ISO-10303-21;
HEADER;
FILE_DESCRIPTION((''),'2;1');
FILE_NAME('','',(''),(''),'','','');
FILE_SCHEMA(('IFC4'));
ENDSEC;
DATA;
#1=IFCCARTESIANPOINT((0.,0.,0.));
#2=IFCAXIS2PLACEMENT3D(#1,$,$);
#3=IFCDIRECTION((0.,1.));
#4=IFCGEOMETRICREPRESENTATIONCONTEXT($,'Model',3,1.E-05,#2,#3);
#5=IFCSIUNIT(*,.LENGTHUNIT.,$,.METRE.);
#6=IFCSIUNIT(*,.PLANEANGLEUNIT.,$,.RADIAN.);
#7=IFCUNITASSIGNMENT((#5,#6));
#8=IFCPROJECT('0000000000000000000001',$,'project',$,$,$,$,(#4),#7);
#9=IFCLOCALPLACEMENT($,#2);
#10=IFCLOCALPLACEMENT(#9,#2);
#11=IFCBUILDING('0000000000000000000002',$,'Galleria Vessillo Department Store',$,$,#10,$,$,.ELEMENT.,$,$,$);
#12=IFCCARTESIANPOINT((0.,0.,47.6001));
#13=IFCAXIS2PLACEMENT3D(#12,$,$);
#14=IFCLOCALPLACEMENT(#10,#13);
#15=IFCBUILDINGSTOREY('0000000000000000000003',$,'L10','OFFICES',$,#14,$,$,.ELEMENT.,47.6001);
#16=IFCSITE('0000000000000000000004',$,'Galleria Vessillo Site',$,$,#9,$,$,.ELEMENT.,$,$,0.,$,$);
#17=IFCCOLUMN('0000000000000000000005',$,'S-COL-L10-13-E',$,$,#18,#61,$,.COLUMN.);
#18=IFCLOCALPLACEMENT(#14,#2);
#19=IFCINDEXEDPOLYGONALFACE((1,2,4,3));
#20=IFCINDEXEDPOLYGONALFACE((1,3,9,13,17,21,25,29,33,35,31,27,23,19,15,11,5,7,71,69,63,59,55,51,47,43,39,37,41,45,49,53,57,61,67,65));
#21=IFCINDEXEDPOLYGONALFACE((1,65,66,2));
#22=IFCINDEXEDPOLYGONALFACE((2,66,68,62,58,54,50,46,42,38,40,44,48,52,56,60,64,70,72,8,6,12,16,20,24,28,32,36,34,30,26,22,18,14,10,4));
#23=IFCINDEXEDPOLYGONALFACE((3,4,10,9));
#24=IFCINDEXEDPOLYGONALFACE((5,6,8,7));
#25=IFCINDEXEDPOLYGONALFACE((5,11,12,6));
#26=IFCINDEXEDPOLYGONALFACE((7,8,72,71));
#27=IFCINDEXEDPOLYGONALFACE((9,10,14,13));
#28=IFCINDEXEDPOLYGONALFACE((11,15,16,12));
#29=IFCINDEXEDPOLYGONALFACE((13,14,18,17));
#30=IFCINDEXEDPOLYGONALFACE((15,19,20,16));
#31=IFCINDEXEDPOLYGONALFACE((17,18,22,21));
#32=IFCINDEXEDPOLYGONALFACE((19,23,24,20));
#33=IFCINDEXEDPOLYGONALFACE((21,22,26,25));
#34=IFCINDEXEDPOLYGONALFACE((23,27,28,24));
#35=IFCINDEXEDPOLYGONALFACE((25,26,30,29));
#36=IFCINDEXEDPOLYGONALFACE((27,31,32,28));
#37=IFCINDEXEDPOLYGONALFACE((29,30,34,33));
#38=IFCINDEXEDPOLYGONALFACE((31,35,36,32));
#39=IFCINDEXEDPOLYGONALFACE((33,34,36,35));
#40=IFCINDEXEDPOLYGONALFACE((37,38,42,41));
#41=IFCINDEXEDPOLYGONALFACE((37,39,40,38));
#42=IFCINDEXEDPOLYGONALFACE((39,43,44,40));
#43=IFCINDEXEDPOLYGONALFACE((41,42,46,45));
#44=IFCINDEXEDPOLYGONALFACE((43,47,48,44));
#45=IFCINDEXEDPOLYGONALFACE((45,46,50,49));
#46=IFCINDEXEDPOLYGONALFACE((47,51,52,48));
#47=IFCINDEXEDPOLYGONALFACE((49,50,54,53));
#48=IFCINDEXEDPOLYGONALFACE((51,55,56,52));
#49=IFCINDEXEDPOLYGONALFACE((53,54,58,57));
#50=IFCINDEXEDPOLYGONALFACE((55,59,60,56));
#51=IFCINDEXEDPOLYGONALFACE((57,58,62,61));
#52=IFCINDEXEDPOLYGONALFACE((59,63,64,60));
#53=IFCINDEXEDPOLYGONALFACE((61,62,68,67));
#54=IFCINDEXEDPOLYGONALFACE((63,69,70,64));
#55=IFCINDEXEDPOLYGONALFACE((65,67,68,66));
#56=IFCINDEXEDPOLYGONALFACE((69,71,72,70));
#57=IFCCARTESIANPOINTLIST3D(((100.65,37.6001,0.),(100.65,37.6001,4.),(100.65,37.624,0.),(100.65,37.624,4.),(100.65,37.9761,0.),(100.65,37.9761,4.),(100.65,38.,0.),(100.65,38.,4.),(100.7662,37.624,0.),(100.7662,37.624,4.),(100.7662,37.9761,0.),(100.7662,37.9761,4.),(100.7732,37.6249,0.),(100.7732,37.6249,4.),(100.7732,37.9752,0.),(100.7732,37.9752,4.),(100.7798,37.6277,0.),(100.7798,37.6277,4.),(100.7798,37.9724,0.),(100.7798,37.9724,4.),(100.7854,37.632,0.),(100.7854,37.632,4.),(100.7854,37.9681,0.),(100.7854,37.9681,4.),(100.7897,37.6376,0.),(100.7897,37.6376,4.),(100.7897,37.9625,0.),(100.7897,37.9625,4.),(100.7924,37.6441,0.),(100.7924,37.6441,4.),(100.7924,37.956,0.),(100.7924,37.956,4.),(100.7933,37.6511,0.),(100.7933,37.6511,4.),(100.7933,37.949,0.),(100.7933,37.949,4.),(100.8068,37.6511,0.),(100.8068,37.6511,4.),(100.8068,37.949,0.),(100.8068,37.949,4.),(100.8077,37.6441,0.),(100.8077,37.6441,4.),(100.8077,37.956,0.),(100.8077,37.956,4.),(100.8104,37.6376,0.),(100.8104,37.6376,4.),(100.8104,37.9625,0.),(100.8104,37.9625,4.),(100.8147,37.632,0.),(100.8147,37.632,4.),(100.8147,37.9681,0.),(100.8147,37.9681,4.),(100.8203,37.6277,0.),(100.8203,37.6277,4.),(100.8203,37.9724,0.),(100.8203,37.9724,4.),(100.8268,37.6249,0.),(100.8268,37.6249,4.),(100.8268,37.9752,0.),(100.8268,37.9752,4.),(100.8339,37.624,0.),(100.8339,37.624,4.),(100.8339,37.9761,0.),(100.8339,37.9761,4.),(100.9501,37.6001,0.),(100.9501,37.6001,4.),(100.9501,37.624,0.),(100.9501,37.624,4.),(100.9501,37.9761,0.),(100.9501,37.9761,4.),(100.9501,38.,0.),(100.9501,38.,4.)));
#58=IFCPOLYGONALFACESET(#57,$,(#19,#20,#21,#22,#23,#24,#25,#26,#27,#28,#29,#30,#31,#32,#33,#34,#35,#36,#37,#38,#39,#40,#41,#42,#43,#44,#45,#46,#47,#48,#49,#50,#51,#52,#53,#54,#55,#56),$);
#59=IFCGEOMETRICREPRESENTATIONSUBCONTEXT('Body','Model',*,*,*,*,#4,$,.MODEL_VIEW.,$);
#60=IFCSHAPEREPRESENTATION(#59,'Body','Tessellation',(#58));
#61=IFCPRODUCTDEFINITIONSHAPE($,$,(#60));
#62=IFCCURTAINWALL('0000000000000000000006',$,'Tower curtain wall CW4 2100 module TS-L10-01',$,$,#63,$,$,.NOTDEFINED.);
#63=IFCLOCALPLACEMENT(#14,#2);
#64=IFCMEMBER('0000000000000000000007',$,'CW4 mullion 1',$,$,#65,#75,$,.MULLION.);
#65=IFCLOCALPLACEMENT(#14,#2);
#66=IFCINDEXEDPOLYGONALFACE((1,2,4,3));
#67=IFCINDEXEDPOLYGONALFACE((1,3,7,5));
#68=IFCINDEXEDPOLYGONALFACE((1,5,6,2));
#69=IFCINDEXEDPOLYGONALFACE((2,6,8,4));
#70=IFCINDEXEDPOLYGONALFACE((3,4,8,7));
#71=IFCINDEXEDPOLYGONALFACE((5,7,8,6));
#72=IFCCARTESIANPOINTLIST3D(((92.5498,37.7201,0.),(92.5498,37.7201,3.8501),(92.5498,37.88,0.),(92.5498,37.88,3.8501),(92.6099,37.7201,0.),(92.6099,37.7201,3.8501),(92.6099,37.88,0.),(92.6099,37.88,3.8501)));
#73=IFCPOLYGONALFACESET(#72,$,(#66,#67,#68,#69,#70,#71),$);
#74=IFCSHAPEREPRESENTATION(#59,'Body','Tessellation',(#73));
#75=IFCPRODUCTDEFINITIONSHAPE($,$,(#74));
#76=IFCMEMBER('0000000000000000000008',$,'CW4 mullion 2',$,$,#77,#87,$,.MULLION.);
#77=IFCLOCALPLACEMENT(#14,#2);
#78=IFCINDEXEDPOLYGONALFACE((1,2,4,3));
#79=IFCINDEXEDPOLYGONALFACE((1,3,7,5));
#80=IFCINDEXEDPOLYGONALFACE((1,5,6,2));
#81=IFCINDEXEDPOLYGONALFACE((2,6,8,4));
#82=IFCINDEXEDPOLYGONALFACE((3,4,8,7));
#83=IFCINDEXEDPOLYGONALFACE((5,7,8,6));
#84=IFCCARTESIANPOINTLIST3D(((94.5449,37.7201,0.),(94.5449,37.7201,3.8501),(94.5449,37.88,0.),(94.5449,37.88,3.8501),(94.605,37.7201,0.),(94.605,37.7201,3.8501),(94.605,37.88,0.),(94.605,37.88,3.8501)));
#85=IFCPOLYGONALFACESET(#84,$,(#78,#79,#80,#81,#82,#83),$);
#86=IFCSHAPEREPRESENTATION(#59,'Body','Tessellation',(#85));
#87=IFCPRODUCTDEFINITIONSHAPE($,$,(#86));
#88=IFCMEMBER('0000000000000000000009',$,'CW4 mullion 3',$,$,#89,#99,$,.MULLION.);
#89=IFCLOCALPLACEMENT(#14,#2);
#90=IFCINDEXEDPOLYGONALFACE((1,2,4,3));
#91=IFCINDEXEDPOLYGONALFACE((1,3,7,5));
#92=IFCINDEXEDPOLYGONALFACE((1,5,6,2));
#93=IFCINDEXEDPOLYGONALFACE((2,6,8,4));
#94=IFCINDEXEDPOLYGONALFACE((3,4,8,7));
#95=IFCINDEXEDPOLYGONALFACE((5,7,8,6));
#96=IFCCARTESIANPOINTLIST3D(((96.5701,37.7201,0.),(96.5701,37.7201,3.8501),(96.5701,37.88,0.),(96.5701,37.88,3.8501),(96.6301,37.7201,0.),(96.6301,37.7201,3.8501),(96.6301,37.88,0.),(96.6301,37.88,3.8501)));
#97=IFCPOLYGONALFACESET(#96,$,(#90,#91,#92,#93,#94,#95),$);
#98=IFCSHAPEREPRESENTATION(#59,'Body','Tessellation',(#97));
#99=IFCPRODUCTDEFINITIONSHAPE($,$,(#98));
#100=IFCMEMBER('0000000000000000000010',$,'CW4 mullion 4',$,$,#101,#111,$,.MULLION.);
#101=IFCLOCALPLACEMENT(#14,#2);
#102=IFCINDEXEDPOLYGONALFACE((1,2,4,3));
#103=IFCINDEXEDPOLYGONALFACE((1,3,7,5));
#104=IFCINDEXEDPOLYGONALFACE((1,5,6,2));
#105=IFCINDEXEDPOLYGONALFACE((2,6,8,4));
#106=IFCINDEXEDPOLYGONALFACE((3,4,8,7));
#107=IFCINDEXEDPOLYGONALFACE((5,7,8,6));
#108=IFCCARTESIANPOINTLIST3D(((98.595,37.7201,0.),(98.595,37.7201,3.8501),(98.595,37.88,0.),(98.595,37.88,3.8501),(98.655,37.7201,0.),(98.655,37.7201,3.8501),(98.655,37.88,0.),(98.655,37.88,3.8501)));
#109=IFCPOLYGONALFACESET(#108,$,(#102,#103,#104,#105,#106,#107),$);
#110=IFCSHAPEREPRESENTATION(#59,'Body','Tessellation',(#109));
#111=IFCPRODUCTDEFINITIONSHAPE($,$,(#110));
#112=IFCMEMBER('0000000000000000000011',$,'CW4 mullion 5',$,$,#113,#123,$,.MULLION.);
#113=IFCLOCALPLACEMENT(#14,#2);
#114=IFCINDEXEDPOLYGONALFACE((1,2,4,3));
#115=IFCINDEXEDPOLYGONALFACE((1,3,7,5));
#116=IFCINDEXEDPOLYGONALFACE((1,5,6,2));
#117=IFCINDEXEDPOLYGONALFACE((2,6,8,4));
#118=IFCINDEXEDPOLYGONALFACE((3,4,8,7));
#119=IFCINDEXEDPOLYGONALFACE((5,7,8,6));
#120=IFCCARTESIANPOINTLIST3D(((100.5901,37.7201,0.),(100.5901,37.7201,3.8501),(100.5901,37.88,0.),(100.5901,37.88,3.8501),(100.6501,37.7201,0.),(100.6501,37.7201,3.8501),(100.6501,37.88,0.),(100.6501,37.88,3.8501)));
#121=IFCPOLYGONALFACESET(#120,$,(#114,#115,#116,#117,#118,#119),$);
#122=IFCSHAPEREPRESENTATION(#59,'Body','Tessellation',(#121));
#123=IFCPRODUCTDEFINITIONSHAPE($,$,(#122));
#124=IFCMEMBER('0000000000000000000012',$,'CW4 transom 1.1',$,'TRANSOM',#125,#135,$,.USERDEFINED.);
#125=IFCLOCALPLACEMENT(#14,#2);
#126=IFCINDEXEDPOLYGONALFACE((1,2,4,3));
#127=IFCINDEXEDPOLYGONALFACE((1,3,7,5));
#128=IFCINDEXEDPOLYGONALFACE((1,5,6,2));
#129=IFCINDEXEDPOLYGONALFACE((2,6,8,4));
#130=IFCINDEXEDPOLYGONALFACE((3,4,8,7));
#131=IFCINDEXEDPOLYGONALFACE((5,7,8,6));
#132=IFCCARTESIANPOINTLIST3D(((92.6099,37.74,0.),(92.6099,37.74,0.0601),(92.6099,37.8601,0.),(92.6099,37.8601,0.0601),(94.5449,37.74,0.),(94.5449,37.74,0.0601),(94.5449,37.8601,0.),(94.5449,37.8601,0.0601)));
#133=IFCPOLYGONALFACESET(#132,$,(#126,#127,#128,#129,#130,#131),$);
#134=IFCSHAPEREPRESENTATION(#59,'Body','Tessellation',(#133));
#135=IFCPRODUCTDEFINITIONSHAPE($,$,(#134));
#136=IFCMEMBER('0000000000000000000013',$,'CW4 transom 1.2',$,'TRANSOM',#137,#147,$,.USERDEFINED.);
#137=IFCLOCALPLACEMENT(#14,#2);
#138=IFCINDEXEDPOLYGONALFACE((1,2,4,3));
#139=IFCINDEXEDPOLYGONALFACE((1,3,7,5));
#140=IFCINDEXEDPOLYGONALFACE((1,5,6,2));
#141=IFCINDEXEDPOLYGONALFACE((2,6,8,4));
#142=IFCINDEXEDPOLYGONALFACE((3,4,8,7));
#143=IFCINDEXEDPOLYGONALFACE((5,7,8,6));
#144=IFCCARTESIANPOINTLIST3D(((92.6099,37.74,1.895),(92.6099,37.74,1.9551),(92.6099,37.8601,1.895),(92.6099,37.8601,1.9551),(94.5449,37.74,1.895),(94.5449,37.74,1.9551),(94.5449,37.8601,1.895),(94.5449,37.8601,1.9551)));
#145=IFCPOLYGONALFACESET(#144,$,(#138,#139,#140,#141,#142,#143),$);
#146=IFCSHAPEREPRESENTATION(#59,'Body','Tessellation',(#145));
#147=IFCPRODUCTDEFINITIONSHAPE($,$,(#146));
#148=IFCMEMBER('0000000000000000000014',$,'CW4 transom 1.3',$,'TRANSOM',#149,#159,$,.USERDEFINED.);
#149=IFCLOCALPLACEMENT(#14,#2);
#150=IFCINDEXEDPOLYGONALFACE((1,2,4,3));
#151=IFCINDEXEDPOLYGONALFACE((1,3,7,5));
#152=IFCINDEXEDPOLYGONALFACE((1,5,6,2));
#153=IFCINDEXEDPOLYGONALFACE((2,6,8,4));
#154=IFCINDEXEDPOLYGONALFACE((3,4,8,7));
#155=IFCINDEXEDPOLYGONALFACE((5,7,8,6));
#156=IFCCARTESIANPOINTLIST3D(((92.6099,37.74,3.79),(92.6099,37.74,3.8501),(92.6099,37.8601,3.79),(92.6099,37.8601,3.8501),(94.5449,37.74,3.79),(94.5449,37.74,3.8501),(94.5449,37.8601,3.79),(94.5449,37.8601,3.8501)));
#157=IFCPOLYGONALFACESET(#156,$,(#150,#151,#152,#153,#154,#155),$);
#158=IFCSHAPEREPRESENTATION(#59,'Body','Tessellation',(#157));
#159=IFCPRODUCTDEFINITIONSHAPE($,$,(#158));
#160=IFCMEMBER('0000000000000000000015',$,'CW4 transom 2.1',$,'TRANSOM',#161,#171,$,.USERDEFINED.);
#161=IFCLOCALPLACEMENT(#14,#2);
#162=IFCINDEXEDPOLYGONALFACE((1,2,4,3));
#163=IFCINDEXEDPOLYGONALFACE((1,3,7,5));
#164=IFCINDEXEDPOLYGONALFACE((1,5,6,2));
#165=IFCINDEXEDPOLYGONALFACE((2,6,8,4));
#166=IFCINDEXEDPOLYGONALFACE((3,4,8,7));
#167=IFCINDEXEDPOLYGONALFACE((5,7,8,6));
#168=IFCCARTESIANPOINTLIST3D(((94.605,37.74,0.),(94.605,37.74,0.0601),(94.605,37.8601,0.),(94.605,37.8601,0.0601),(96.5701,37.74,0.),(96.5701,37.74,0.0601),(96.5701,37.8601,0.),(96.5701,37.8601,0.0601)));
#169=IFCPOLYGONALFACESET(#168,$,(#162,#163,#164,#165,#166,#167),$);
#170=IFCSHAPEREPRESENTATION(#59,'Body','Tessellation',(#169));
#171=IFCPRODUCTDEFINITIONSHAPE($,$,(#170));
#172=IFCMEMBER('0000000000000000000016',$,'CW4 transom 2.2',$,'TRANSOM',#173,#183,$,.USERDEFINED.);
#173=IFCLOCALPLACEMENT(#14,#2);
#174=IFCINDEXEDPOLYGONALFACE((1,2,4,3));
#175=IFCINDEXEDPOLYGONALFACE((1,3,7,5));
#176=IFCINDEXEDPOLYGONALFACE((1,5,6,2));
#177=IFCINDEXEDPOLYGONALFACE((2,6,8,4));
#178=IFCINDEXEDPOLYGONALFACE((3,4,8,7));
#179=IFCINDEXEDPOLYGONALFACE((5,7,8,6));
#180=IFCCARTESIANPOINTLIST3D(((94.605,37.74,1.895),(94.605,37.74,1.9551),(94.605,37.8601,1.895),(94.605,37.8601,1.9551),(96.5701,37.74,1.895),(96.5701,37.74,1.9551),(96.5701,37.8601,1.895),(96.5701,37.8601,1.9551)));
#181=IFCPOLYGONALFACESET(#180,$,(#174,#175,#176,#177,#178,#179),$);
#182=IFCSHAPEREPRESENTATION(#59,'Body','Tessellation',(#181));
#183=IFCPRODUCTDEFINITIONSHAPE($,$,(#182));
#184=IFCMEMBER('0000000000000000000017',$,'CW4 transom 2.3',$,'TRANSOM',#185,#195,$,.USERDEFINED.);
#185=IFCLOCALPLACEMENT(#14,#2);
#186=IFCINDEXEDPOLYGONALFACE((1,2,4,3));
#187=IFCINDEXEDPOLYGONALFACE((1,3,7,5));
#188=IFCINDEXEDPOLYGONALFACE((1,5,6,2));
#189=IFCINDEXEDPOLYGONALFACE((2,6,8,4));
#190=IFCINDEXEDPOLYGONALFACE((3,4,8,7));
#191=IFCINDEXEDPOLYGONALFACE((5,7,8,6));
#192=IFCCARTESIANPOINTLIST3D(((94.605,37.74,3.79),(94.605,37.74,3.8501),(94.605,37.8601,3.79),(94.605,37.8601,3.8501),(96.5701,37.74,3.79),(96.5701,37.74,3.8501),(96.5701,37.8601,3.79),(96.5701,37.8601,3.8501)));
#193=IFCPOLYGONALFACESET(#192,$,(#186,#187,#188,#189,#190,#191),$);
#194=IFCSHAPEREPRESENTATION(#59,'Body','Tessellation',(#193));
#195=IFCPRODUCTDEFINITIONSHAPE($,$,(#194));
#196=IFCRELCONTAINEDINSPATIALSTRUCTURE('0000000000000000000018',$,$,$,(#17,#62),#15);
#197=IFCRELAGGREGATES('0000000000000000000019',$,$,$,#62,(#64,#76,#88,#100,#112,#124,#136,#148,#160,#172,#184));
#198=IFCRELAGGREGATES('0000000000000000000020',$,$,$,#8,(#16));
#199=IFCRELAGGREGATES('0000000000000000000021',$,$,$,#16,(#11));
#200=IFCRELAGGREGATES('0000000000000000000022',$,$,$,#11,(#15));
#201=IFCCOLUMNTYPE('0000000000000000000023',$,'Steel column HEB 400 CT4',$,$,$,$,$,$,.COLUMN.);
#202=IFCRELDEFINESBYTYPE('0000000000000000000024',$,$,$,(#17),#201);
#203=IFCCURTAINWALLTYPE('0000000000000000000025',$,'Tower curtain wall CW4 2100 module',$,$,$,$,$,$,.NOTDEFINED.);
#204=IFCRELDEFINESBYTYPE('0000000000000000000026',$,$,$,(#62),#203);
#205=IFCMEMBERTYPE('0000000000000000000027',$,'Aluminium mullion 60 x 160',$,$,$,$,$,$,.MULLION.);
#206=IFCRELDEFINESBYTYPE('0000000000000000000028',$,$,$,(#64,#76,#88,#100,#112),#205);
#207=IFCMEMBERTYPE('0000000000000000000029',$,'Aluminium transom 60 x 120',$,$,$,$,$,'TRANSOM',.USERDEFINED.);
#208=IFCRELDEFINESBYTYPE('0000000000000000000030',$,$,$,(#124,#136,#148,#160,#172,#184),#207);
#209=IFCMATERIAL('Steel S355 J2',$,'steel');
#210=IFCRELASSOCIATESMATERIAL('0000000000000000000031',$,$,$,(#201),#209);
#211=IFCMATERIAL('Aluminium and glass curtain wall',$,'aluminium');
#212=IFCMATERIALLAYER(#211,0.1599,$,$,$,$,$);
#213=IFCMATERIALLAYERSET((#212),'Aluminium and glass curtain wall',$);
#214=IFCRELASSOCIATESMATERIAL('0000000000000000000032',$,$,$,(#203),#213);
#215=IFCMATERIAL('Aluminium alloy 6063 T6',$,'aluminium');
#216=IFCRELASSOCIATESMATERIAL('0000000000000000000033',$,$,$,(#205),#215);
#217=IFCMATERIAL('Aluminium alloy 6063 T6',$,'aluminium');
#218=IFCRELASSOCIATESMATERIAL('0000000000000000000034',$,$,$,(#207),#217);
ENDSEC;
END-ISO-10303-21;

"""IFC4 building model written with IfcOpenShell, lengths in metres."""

from ifc_helpers import new_model, si_unit, direction, frame, origin, origin_2d, place, context, subcontext, project, spatial, rectangle, i_section, extrude, material, layer, layer_set, material_profile, profile_set, type_object, element, aggregate, save


model = new_model("IFC4")

# Units and contexts
model_context = context("Model", 3, precision=1e-05, world=origin(), true_north=direction((0.0, 1.0)))
body_context = subcontext(model_context, "Body", "Model", "MODEL_VIEW")
ifc_project = project(units=[si_unit("LENGTHUNIT", "METRE"), si_unit("PLANEANGLEUNIT", "RADIAN")], contexts=[model_context])

# Site, building, storey
site_placement = place(None, origin())
site = spatial("IfcSite", under=ifc_project, at=site_placement, Name="Galleria Vessillo Site", CompositionType="ELEMENT", RefElevation=0.0)
building_placement = place(site_placement, origin())
building = spatial("IfcBuilding", under=site, at=building_placement, Name="Galleria Vessillo Department Store", CompositionType="ELEMENT")
storey_placement = place(building_placement, frame((0.0, 0.0, 47.6001)))
storey = spatial("IfcBuildingStorey", under=building, at=storey_placement, Name="L10", Description="OFFICES", CompositionType="ELEMENT", Elevation=47.6001)

# Column
ifc_material_1 = material(Name="Steel S355 J2", Category="steel")
ifc_material_profile_1 = material_profile(ifc_material_1, i_section(OverallWidth=0.3, OverallDepth=0.3999, WebThickness=0.0134, FlangeThickness=0.0239, FilletRadius=0.0271, at=origin_2d()), Name="HEB 400")
ifc_profile_set_1 = profile_set([ifc_material_profile_1], Name="Steel S355 J2")
column_type = type_object("IfcColumnType", Name="Steel column HEB 400 CT4", PredefinedType="COLUMN", material=ifc_profile_set_1)
column_placement = place(storey_placement, frame((100.8, 37.8, 0.0), z_axis=(0.0, 0.0, 1.0), x_axis=(1.0, 0.0, 0.0)))
element("IfcColumn", 1, at=column_placement, inside=storey, type_object=column_type, Name="S-COL-L10-13-E", PredefinedType="COLUMN", context=body_context, shape_type="SweptSolid", body=[
    extrude(i_section(OverallWidth=0.3, OverallDepth=0.3999, WebThickness=0.0134, FlangeThickness=0.0239, FilletRadius=0.0271, at=origin_2d()), origin(), (0.0, 0.0, 1.0), 4.0),
])

# Curtain wall, members
ifc_material_2 = material(Name="Aluminium and glass curtain wall", Category="aluminium")
ifc_layer_1 = layer(ifc_material_2, 0.1599)
ifc_layer_set_1 = layer_set([ifc_layer_1], Name="Aluminium and glass curtain wall")
curtain_wall_type = type_object("IfcCurtainWallType", Name="Tower curtain wall CW4 2100 module", PredefinedType="NOTDEFINED", material=ifc_layer_set_1)
curtain_wall_placement = place(storey_placement, origin())
curtain_wall = element("IfcCurtainWall", 2, at=curtain_wall_placement, inside=storey, type_object=curtain_wall_type, Name="Tower curtain wall CW4 2100 module TS-L10-01", PredefinedType="NOTDEFINED")
ifc_material_3 = material(Name="Aluminium alloy 6063 T6", Category="aluminium")
ifc_material_profile_2 = material_profile(ifc_material_3, rectangle(XDim=0.1599, YDim=0.0601, at=origin_2d()), Name="AL 60x160")
ifc_profile_set_2 = profile_set([ifc_material_profile_2], Name="Aluminium alloy 6063 T6")
member_type_1 = type_object("IfcMemberType", Name="Aluminium mullion 60 x 160", PredefinedType="MULLION", material=ifc_profile_set_2)
member_1_placement = place(storey_placement, frame((92.5798, 37.8, 0.0), z_axis=(0.0, 0.0, 1.0), x_axis=(0.0, 1.0, 0.0)))
member_1 = element("IfcMember", 3, at=member_1_placement, type_object=member_type_1, Name="CW4 mullion 1", PredefinedType="MULLION", context=body_context, shape_type="SweptSolid", body=[
    extrude(rectangle(XDim=0.1599, YDim=0.0601, at=origin_2d()), origin(), (0.0, 0.0, 1.0), 3.8501),
])
member_2_placement = place(storey_placement, frame((94.575, 37.8, 0.0), z_axis=(0.0, 0.0, 1.0), x_axis=(0.0, 1.0, 0.0)))
member_2 = element("IfcMember", 4, at=member_2_placement, type_object=member_type_1, Name="CW4 mullion 2", PredefinedType="MULLION", context=body_context, shape_type="SweptSolid", body=[
    extrude(rectangle(XDim=0.1599, YDim=0.0601, at=origin_2d()), origin(), (0.0, 0.0, 1.0), 3.8501),
])
member_3_placement = place(storey_placement, frame((96.6001, 37.8, 0.0), z_axis=(0.0, 0.0, 1.0), x_axis=(0.0, 1.0, 0.0)))
member_3 = element("IfcMember", 5, at=member_3_placement, type_object=member_type_1, Name="CW4 mullion 3", PredefinedType="MULLION", context=body_context, shape_type="SweptSolid", body=[
    extrude(rectangle(XDim=0.1599, YDim=0.0601, at=origin_2d()), origin(), (0.0, 0.0, 1.0), 3.8501),
])
member_4_placement = place(storey_placement, frame((98.625, 37.8, 0.0), z_axis=(0.0, 0.0, 1.0), x_axis=(0.0, 1.0, 0.0)))
member_4 = element("IfcMember", 6, at=member_4_placement, type_object=member_type_1, Name="CW4 mullion 4", PredefinedType="MULLION", context=body_context, shape_type="SweptSolid", body=[
    extrude(rectangle(XDim=0.1599, YDim=0.0601, at=origin_2d()), origin(), (0.0, 0.0, 1.0), 3.8501),
])
member_5_placement = place(storey_placement, frame((100.6201, 37.8, 0.0), z_axis=(0.0, 0.0, 1.0), x_axis=(0.0, 1.0, 0.0)))
member_5 = element("IfcMember", 7, at=member_5_placement, type_object=member_type_1, Name="CW4 mullion 5", PredefinedType="MULLION", context=body_context, shape_type="SweptSolid", body=[
    extrude(rectangle(XDim=0.1599, YDim=0.0601, at=origin_2d()), origin(), (0.0, 0.0, 1.0), 3.8501),
])
ifc_material_4 = material(Name="Aluminium alloy 6063 T6", Category="aluminium")
ifc_material_profile_3 = material_profile(ifc_material_4, rectangle(XDim=0.1201, YDim=0.0601, at=origin_2d()), Name="AL 60x120")
ifc_profile_set_3 = profile_set([ifc_material_profile_3], Name="Aluminium alloy 6063 T6")
member_type_2 = type_object("IfcMemberType", Name="Aluminium transom 60 x 120", ElementType="TRANSOM", PredefinedType="USERDEFINED", material=ifc_profile_set_3)
member_6_placement = place(storey_placement, frame((92.6099, 37.8, 0.03), z_axis=(1.0, 0.0, 0.0), x_axis=(0.0, 1.0, 0.0)))
member_6 = element("IfcMember", 8, at=member_6_placement, type_object=member_type_2, Name="CW4 transom 1.1", ObjectType="TRANSOM", PredefinedType="USERDEFINED", context=body_context, shape_type="SweptSolid", body=[
    extrude(rectangle(XDim=0.1201, YDim=0.0601, at=origin_2d()), origin(), (0.0, 0.0, 1.0), 1.9351),
])
member_7_placement = place(storey_placement, frame((92.6099, 37.8, 1.925), z_axis=(1.0, 0.0, 0.0), x_axis=(0.0, 1.0, 0.0)))
member_7 = element("IfcMember", 9, at=member_7_placement, type_object=member_type_2, Name="CW4 transom 1.2", ObjectType="TRANSOM", PredefinedType="USERDEFINED", context=body_context, shape_type="SweptSolid", body=[
    extrude(rectangle(XDim=0.1201, YDim=0.0601, at=origin_2d()), origin(), (0.0, 0.0, 1.0), 1.9351),
])
member_8_placement = place(storey_placement, frame((92.6099, 37.8, 3.8201), z_axis=(1.0, 0.0, 0.0), x_axis=(0.0, 1.0, 0.0)))
member_8 = element("IfcMember", 10, at=member_8_placement, type_object=member_type_2, Name="CW4 transom 1.3", ObjectType="TRANSOM", PredefinedType="USERDEFINED", context=body_context, shape_type="SweptSolid", body=[
    extrude(rectangle(XDim=0.1201, YDim=0.0601, at=origin_2d()), origin(), (0.0, 0.0, 1.0), 1.9351),
])
member_9_placement = place(storey_placement, frame((94.605, 37.8, 0.03), z_axis=(1.0, 0.0, 0.0), x_axis=(0.0, 1.0, 0.0)))
member_9 = element("IfcMember", 11, at=member_9_placement, type_object=member_type_2, Name="CW4 transom 2.1", ObjectType="TRANSOM", PredefinedType="USERDEFINED", context=body_context, shape_type="SweptSolid", body=[
    extrude(rectangle(XDim=0.1201, YDim=0.0601, at=origin_2d()), origin(), (0.0, 0.0, 1.0), 1.9651),
])
member_10_placement = place(storey_placement, frame((94.605, 37.8, 1.925), z_axis=(1.0, 0.0, 0.0), x_axis=(0.0, 1.0, 0.0)))
member_10 = element("IfcMember", 12, at=member_10_placement, type_object=member_type_2, Name="CW4 transom 2.2", ObjectType="TRANSOM", PredefinedType="USERDEFINED", context=body_context, shape_type="SweptSolid", body=[
    extrude(rectangle(XDim=0.1201, YDim=0.0601, at=origin_2d()), origin(), (0.0, 0.0, 1.0), 1.9651),
])
member_11_placement = place(storey_placement, frame((94.605, 37.8, 3.8201), z_axis=(1.0, 0.0, 0.0), x_axis=(0.0, 1.0, 0.0)))
member_11 = element("IfcMember", 13, at=member_11_placement, type_object=member_type_2, Name="CW4 transom 2.3", ObjectType="TRANSOM", PredefinedType="USERDEFINED", context=body_context, shape_type="SweptSolid", body=[
    extrude(rectangle(XDim=0.1201, YDim=0.0601, at=origin_2d()), origin(), (0.0, 0.0, 1.0), 1.9651),
])

aggregate(curtain_wall, [member_1, member_2, member_3, member_4, member_5, member_6, member_7, member_8, member_9, member_10, member_11])

save(model, "model.ifc")
